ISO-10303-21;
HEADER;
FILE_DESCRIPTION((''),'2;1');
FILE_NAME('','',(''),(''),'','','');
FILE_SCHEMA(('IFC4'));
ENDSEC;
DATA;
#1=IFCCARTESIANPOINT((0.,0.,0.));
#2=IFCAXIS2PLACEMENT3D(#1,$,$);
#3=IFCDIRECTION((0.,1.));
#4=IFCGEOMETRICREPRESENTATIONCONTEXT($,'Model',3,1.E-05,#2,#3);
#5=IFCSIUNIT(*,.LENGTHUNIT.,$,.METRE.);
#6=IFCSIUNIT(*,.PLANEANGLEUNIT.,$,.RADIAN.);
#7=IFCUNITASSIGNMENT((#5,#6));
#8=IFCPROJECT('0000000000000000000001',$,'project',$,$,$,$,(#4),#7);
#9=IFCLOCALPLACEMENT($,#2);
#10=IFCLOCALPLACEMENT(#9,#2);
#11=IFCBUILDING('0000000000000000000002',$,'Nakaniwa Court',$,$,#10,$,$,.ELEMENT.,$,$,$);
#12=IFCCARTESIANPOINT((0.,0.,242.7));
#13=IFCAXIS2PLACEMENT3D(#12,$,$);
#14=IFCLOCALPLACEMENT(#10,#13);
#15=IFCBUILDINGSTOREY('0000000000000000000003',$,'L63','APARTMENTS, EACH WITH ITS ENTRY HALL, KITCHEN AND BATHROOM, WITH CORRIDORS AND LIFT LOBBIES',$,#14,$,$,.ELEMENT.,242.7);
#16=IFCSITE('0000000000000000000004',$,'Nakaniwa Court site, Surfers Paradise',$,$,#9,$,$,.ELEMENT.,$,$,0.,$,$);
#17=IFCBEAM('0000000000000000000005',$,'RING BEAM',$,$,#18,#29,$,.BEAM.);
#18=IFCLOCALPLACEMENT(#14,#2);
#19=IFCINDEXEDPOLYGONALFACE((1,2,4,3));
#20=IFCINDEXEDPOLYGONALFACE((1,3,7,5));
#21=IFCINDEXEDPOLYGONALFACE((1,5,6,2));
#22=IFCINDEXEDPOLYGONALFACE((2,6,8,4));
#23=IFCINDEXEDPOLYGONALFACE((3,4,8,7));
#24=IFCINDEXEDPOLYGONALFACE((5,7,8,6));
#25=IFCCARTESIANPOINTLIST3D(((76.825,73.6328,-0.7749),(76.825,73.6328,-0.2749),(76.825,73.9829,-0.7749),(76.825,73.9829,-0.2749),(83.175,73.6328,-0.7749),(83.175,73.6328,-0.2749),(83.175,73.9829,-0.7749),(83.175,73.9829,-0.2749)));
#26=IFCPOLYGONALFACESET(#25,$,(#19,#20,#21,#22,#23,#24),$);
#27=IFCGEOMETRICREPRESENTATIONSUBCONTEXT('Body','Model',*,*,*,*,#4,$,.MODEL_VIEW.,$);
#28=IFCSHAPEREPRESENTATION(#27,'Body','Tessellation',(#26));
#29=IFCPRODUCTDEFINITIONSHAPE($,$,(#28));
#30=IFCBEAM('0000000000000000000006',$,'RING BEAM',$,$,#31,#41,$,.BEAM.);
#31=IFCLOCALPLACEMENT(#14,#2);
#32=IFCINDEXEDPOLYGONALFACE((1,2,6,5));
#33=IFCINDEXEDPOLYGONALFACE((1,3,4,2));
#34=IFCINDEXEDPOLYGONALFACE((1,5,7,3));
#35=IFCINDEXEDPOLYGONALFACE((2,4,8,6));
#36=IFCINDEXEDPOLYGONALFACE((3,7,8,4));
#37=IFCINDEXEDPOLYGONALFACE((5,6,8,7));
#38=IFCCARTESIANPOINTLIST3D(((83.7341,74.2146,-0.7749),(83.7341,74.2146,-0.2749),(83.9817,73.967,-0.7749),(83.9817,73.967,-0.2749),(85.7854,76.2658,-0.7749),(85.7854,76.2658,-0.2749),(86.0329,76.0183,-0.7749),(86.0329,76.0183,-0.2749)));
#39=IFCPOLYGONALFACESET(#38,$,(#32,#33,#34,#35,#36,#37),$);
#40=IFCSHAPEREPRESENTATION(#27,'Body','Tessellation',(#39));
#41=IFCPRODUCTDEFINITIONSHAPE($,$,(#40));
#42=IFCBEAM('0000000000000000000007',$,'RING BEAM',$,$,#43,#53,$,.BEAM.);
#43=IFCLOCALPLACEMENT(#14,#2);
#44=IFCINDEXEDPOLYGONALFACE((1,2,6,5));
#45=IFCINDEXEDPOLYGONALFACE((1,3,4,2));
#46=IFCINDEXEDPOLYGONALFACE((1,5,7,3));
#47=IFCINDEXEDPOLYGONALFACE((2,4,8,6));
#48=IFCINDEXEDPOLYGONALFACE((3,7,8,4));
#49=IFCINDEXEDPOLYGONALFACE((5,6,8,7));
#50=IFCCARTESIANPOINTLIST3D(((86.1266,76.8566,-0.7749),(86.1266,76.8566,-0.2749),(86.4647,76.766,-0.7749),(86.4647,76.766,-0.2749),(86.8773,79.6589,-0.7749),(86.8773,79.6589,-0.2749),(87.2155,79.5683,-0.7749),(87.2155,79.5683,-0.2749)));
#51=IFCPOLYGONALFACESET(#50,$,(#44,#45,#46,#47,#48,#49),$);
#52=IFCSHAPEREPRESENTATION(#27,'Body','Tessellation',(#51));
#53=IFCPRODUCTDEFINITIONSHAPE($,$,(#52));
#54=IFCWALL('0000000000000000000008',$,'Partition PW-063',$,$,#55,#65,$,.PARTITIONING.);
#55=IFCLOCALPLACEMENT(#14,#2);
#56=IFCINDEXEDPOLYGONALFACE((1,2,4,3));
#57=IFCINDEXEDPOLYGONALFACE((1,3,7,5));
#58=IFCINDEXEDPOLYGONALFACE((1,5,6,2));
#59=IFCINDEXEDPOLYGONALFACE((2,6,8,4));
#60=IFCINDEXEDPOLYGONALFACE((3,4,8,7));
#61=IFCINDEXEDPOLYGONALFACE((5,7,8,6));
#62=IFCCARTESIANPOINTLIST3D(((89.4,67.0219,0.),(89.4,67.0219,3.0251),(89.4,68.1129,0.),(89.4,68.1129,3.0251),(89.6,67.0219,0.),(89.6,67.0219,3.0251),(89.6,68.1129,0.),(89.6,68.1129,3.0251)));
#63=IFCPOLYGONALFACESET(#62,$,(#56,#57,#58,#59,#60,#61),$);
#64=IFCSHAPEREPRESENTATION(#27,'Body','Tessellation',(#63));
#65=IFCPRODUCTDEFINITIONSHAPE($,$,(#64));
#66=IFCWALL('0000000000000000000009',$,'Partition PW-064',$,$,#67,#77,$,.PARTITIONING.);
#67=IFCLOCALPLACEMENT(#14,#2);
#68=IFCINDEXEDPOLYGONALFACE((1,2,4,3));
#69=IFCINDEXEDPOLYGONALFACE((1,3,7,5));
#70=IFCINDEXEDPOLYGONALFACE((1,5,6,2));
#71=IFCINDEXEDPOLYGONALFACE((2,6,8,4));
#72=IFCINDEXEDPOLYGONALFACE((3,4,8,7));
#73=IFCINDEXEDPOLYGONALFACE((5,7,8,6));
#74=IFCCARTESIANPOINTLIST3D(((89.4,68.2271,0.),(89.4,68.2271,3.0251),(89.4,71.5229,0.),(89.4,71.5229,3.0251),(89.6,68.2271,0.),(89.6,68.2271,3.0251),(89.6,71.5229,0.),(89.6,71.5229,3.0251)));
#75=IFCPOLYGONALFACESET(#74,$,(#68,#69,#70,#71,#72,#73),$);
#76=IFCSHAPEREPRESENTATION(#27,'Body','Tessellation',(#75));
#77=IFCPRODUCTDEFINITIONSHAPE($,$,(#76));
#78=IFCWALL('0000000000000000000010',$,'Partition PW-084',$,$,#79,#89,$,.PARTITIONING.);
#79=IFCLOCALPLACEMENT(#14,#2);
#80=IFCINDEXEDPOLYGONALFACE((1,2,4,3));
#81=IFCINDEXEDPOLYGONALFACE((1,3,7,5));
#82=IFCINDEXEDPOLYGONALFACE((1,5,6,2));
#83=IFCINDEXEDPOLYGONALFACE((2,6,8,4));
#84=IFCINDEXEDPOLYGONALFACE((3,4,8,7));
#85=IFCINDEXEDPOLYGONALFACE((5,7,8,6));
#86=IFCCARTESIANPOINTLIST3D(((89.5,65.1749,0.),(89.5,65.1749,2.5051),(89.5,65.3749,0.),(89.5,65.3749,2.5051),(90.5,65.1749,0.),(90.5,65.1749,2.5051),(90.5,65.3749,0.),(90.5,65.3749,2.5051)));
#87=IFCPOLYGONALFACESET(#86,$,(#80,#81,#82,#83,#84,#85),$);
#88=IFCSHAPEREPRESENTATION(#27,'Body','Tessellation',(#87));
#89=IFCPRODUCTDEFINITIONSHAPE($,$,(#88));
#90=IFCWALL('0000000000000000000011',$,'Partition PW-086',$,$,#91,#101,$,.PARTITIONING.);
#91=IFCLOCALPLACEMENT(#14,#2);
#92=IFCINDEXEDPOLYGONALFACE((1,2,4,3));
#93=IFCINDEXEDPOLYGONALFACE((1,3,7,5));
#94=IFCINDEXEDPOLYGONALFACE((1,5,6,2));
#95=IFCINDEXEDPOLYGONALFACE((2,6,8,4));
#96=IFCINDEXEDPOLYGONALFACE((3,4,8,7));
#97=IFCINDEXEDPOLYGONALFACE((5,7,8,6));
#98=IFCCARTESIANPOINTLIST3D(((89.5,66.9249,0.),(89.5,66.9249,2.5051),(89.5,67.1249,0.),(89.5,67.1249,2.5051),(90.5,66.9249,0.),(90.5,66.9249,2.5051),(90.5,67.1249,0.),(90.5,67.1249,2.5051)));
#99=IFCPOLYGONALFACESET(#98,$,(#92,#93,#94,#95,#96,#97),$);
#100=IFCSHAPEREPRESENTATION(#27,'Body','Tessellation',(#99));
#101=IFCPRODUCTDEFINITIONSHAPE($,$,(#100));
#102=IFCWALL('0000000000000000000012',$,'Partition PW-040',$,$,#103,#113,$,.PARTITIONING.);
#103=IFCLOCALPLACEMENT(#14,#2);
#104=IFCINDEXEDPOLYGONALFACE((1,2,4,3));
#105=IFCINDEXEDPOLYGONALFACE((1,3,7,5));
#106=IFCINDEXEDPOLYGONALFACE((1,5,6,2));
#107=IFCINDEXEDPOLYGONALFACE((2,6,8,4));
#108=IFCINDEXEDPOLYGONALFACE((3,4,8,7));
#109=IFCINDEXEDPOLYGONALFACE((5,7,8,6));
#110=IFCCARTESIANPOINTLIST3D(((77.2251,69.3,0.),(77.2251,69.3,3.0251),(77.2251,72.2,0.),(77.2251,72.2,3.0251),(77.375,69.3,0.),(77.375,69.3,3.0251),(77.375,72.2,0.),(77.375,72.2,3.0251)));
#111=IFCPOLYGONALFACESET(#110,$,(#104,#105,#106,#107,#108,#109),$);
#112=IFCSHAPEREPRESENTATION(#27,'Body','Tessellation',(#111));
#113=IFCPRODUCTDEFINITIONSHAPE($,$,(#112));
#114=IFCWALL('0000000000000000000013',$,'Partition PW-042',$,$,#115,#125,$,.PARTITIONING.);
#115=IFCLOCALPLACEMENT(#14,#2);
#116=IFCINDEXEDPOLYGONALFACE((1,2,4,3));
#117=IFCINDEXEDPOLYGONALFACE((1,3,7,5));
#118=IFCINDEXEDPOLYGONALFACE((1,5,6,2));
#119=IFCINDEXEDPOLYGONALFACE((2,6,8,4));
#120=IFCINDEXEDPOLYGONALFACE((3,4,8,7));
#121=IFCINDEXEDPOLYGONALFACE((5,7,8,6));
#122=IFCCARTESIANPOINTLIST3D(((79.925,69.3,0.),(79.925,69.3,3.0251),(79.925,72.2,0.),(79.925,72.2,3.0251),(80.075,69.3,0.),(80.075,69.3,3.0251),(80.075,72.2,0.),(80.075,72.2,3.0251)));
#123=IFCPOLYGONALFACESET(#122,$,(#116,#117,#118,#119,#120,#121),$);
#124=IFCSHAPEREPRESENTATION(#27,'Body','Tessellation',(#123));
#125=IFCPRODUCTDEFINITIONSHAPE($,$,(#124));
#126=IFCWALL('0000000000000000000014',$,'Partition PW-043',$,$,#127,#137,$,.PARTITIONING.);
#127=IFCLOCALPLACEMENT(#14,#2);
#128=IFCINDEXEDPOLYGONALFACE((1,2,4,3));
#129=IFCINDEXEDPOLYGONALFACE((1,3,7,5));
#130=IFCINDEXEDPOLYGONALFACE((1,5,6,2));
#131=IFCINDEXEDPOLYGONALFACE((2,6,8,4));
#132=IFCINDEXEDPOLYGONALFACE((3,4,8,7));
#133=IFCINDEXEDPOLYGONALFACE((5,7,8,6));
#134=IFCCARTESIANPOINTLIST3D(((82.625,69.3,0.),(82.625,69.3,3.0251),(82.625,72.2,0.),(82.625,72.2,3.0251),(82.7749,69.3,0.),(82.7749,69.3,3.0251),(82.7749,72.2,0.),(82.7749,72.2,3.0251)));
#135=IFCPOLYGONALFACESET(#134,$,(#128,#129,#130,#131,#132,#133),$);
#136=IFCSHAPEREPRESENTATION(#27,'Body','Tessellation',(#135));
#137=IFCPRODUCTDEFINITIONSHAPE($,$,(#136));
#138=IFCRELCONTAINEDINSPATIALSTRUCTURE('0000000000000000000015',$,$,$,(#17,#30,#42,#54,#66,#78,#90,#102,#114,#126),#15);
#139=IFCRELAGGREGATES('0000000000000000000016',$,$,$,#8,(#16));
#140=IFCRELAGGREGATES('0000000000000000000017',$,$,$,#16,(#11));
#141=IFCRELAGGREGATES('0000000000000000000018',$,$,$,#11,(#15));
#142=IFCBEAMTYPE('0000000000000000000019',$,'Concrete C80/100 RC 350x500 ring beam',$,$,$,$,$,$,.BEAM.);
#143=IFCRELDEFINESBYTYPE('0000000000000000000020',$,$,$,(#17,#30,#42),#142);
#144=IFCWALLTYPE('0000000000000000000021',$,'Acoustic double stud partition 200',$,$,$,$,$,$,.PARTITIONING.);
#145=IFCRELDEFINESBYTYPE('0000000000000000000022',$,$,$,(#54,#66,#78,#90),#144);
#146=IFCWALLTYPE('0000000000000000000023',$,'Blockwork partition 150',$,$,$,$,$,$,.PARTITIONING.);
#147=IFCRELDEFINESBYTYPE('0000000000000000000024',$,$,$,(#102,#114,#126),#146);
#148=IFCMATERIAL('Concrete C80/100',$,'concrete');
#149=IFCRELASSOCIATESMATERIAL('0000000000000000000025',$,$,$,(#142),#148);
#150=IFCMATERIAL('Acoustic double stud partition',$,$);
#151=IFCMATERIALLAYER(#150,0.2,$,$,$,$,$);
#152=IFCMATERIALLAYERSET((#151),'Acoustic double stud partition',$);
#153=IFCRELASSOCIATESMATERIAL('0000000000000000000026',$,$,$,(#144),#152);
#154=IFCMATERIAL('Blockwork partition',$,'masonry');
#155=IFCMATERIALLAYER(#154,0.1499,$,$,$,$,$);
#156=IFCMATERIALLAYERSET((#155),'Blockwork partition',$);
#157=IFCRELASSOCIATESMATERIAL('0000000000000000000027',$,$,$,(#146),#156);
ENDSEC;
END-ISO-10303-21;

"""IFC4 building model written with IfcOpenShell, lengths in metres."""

from ifc_helpers import new_model, si_unit, direction, frame, frame_2d, origin, origin_2d, place, context, subcontext, project, spatial, rectangle, extrude, material, layer, layer_set, material_profile, profile_set, type_object, element, save


model = new_model("IFC4")

# Units and contexts
model_context = context("Model", 3, precision=1e-05, world=origin(), true_north=direction((0.0, 1.0)))
body_context = subcontext(model_context, "Body", "Model", "MODEL_VIEW")
ifc_project = project(units=[si_unit("LENGTHUNIT", "METRE"), si_unit("PLANEANGLEUNIT", "RADIAN")], contexts=[model_context])

# Site, building, storey
site_placement = place(None, origin())
site = spatial("IfcSite", under=ifc_project, at=site_placement, Name="Nakaniwa Court site, Surfers Paradise", CompositionType="ELEMENT", RefElevation=0.0)
building_placement = place(site_placement, origin())
building = spatial("IfcBuilding", under=site, at=building_placement, Name="Nakaniwa Court", CompositionType="ELEMENT")
storey_placement = place(building_placement, frame((0.0, 0.0, 242.7)))
storey = spatial("IfcBuildingStorey", under=building, at=storey_placement, Name="L63", Description="APARTMENTS, EACH WITH ITS ENTRY HALL, KITCHEN AND BATHROOM, WITH CORRIDORS AND LIFT LOBBIES", CompositionType="ELEMENT", Elevation=242.7)

# Shared definitions
ifc_material_1 = material(Name="Concrete C80/100", Category="concrete")

# Beams
ifc_material_profile_1 = material_profile(ifc_material_1, rectangle(XDim=0.3501, YDim=0.5, at=origin_2d()), Name="Concrete C80/100 RC 350x500 ring beam")
ifc_profile_set_1 = profile_set([ifc_material_profile_1], Name="Concrete C80/100")
beam_type = type_object("IfcBeamType", Name="Concrete C80/100 RC 350x500 ring beam", PredefinedType="BEAM", material=ifc_profile_set_1)
beam_1_placement = place(storey_placement, frame((76.825, 73.8079, -0.5249), z_axis=(1.0, 0.0, 0.0), x_axis=(0.0, 1.0, 0.0)))
element("IfcBeam", 1, at=beam_1_placement, inside=storey, type_object=beam_type, Name="RING BEAM", PredefinedType="BEAM", context=body_context, shape_type="SweptSolid", body=[
    extrude(rectangle(XDim=0.3501, YDim=0.5, at=origin_2d()), origin(), (0.0, 0.0, 1.0), 6.3501),
])
beam_2_placement = place(storey_placement, frame((83.8579, 74.0908, -0.5249), z_axis=(0.707107, 0.707107, 0.0), x_axis=(-0.707107, 0.707107, 0.0)))
element("IfcBeam", 2, at=beam_2_placement, inside=storey, type_object=beam_type, Name="RING BEAM", PredefinedType="BEAM", context=body_context, shape_type="SweptSolid", body=[
    extrude(rectangle(XDim=0.3501, YDim=0.5, at=origin_2d()), origin(), (0.0, 0.0, 1.0), 2.9009),
])
beam_3_placement = place(storey_placement, frame((86.2957, 76.8113, -0.5249), z_axis=(0.258778, 0.965937, 0.0), x_axis=(-0.965937, 0.258778, 0.0)))
element("IfcBeam", 3, at=beam_3_placement, inside=storey, type_object=beam_type, Name="RING BEAM", PredefinedType="BEAM", context=body_context, shape_type="SweptSolid", body=[
    extrude(rectangle(XDim=0.3501, YDim=0.5, at=origin_2d()), origin(), (0.0, 0.0, 1.0), 2.9011),
])

# Walls
ifc_material_2 = material(Name="Acoustic double stud partition")
ifc_layer_1 = layer(ifc_material_2, 0.2)
ifc_layer_set_1 = layer_set([ifc_layer_1], Name="Acoustic double stud partition")
wall_type_1 = type_object("IfcWallType", Name="Acoustic double stud partition 200", PredefinedType="PARTITIONING", material=ifc_layer_set_1)
wall_1_placement = place(storey_placement, frame((89.5, 67.022, 0.0), z_axis=(0.0, 0.0, 1.0), x_axis=(0.0, 1.0, 0.0)))
element("IfcWall", 4, at=wall_1_placement, inside=storey, type_object=wall_type_1, Name="Partition PW-063", PredefinedType="PARTITIONING", context=body_context, shape_type="SweptSolid", body=[
    extrude(rectangle(XDim=1.0911, YDim=0.2, at=frame_2d((0.5454, 0.0))), origin(), (0.0, 0.0, 1.0), 3.0251),
])
wall_2_placement = place(storey_placement, frame((89.5, 68.2271, 0.0), z_axis=(0.0, 0.0, 1.0), x_axis=(0.0, 1.0, 0.0)))
element("IfcWall", 5, at=wall_2_placement, inside=storey, type_object=wall_type_1, Name="Partition PW-064", PredefinedType="PARTITIONING", context=body_context, shape_type="SweptSolid", body=[
    extrude(rectangle(XDim=3.2959, YDim=0.2, at=frame_2d((1.6479, 0.0))), origin(), (0.0, 0.0, 1.0), 3.0251),
])
for number, where, z_axis, x_axis, name in (
    (6, (89.5, 65.2749, 0.0), (0.0, 0.0, 1.0), (1.0, 0.0, 0.0), "Partition PW-084"),
    (7, (89.5, 67.0249, 0.0), (0.0, 0.0, 1.0), (1.0, 0.0, 0.0), "Partition PW-086"),
):
    element("IfcWall", number, at=place(storey_placement, frame(where, z_axis=z_axis, x_axis=x_axis)), inside=storey, type_object=wall_type_1, Name=name, PredefinedType="PARTITIONING", context=body_context, shape_type="SweptSolid", body=[
        extrude(rectangle(XDim=1.0, YDim=0.2, at=frame_2d((0.5, 0.0))), origin(), (0.0, 0.0, 1.0), 2.5051),
    ])
ifc_material_3 = material(Name="Blockwork partition", Category="masonry")
ifc_layer_2 = layer(ifc_material_3, 0.1499)
ifc_layer_set_2 = layer_set([ifc_layer_2], Name="Blockwork partition")
wall_type_2 = type_object("IfcWallType", Name="Blockwork partition 150", PredefinedType="PARTITIONING", material=ifc_layer_set_2)
for number, where, z_axis, x_axis, name in (
    (8, (77.3, 69.3, 0.0), (0.0, 0.0, 1.0), (0.0, 1.0, 0.0), "Partition PW-040"),
    (9, (80.0, 69.3, 0.0), (0.0, 0.0, 1.0), (0.0, 1.0, 0.0), "Partition PW-042"),
    (10, (82.7, 69.3, 0.0), (0.0, 0.0, 1.0), (0.0, 1.0, 0.0), "Partition PW-043"),
):
    element("IfcWall", number, at=place(storey_placement, frame(where, z_axis=z_axis, x_axis=x_axis)), inside=storey, type_object=wall_type_2, Name=name, PredefinedType="PARTITIONING", context=body_context, shape_type="SweptSolid", body=[
        extrude(rectangle(XDim=2.8999, YDim=0.1499, at=frame_2d((1.45, 0.0))), origin(), (0.0, 0.0, 1.0), 3.0251),
    ])

save(model, "model.ifc")
